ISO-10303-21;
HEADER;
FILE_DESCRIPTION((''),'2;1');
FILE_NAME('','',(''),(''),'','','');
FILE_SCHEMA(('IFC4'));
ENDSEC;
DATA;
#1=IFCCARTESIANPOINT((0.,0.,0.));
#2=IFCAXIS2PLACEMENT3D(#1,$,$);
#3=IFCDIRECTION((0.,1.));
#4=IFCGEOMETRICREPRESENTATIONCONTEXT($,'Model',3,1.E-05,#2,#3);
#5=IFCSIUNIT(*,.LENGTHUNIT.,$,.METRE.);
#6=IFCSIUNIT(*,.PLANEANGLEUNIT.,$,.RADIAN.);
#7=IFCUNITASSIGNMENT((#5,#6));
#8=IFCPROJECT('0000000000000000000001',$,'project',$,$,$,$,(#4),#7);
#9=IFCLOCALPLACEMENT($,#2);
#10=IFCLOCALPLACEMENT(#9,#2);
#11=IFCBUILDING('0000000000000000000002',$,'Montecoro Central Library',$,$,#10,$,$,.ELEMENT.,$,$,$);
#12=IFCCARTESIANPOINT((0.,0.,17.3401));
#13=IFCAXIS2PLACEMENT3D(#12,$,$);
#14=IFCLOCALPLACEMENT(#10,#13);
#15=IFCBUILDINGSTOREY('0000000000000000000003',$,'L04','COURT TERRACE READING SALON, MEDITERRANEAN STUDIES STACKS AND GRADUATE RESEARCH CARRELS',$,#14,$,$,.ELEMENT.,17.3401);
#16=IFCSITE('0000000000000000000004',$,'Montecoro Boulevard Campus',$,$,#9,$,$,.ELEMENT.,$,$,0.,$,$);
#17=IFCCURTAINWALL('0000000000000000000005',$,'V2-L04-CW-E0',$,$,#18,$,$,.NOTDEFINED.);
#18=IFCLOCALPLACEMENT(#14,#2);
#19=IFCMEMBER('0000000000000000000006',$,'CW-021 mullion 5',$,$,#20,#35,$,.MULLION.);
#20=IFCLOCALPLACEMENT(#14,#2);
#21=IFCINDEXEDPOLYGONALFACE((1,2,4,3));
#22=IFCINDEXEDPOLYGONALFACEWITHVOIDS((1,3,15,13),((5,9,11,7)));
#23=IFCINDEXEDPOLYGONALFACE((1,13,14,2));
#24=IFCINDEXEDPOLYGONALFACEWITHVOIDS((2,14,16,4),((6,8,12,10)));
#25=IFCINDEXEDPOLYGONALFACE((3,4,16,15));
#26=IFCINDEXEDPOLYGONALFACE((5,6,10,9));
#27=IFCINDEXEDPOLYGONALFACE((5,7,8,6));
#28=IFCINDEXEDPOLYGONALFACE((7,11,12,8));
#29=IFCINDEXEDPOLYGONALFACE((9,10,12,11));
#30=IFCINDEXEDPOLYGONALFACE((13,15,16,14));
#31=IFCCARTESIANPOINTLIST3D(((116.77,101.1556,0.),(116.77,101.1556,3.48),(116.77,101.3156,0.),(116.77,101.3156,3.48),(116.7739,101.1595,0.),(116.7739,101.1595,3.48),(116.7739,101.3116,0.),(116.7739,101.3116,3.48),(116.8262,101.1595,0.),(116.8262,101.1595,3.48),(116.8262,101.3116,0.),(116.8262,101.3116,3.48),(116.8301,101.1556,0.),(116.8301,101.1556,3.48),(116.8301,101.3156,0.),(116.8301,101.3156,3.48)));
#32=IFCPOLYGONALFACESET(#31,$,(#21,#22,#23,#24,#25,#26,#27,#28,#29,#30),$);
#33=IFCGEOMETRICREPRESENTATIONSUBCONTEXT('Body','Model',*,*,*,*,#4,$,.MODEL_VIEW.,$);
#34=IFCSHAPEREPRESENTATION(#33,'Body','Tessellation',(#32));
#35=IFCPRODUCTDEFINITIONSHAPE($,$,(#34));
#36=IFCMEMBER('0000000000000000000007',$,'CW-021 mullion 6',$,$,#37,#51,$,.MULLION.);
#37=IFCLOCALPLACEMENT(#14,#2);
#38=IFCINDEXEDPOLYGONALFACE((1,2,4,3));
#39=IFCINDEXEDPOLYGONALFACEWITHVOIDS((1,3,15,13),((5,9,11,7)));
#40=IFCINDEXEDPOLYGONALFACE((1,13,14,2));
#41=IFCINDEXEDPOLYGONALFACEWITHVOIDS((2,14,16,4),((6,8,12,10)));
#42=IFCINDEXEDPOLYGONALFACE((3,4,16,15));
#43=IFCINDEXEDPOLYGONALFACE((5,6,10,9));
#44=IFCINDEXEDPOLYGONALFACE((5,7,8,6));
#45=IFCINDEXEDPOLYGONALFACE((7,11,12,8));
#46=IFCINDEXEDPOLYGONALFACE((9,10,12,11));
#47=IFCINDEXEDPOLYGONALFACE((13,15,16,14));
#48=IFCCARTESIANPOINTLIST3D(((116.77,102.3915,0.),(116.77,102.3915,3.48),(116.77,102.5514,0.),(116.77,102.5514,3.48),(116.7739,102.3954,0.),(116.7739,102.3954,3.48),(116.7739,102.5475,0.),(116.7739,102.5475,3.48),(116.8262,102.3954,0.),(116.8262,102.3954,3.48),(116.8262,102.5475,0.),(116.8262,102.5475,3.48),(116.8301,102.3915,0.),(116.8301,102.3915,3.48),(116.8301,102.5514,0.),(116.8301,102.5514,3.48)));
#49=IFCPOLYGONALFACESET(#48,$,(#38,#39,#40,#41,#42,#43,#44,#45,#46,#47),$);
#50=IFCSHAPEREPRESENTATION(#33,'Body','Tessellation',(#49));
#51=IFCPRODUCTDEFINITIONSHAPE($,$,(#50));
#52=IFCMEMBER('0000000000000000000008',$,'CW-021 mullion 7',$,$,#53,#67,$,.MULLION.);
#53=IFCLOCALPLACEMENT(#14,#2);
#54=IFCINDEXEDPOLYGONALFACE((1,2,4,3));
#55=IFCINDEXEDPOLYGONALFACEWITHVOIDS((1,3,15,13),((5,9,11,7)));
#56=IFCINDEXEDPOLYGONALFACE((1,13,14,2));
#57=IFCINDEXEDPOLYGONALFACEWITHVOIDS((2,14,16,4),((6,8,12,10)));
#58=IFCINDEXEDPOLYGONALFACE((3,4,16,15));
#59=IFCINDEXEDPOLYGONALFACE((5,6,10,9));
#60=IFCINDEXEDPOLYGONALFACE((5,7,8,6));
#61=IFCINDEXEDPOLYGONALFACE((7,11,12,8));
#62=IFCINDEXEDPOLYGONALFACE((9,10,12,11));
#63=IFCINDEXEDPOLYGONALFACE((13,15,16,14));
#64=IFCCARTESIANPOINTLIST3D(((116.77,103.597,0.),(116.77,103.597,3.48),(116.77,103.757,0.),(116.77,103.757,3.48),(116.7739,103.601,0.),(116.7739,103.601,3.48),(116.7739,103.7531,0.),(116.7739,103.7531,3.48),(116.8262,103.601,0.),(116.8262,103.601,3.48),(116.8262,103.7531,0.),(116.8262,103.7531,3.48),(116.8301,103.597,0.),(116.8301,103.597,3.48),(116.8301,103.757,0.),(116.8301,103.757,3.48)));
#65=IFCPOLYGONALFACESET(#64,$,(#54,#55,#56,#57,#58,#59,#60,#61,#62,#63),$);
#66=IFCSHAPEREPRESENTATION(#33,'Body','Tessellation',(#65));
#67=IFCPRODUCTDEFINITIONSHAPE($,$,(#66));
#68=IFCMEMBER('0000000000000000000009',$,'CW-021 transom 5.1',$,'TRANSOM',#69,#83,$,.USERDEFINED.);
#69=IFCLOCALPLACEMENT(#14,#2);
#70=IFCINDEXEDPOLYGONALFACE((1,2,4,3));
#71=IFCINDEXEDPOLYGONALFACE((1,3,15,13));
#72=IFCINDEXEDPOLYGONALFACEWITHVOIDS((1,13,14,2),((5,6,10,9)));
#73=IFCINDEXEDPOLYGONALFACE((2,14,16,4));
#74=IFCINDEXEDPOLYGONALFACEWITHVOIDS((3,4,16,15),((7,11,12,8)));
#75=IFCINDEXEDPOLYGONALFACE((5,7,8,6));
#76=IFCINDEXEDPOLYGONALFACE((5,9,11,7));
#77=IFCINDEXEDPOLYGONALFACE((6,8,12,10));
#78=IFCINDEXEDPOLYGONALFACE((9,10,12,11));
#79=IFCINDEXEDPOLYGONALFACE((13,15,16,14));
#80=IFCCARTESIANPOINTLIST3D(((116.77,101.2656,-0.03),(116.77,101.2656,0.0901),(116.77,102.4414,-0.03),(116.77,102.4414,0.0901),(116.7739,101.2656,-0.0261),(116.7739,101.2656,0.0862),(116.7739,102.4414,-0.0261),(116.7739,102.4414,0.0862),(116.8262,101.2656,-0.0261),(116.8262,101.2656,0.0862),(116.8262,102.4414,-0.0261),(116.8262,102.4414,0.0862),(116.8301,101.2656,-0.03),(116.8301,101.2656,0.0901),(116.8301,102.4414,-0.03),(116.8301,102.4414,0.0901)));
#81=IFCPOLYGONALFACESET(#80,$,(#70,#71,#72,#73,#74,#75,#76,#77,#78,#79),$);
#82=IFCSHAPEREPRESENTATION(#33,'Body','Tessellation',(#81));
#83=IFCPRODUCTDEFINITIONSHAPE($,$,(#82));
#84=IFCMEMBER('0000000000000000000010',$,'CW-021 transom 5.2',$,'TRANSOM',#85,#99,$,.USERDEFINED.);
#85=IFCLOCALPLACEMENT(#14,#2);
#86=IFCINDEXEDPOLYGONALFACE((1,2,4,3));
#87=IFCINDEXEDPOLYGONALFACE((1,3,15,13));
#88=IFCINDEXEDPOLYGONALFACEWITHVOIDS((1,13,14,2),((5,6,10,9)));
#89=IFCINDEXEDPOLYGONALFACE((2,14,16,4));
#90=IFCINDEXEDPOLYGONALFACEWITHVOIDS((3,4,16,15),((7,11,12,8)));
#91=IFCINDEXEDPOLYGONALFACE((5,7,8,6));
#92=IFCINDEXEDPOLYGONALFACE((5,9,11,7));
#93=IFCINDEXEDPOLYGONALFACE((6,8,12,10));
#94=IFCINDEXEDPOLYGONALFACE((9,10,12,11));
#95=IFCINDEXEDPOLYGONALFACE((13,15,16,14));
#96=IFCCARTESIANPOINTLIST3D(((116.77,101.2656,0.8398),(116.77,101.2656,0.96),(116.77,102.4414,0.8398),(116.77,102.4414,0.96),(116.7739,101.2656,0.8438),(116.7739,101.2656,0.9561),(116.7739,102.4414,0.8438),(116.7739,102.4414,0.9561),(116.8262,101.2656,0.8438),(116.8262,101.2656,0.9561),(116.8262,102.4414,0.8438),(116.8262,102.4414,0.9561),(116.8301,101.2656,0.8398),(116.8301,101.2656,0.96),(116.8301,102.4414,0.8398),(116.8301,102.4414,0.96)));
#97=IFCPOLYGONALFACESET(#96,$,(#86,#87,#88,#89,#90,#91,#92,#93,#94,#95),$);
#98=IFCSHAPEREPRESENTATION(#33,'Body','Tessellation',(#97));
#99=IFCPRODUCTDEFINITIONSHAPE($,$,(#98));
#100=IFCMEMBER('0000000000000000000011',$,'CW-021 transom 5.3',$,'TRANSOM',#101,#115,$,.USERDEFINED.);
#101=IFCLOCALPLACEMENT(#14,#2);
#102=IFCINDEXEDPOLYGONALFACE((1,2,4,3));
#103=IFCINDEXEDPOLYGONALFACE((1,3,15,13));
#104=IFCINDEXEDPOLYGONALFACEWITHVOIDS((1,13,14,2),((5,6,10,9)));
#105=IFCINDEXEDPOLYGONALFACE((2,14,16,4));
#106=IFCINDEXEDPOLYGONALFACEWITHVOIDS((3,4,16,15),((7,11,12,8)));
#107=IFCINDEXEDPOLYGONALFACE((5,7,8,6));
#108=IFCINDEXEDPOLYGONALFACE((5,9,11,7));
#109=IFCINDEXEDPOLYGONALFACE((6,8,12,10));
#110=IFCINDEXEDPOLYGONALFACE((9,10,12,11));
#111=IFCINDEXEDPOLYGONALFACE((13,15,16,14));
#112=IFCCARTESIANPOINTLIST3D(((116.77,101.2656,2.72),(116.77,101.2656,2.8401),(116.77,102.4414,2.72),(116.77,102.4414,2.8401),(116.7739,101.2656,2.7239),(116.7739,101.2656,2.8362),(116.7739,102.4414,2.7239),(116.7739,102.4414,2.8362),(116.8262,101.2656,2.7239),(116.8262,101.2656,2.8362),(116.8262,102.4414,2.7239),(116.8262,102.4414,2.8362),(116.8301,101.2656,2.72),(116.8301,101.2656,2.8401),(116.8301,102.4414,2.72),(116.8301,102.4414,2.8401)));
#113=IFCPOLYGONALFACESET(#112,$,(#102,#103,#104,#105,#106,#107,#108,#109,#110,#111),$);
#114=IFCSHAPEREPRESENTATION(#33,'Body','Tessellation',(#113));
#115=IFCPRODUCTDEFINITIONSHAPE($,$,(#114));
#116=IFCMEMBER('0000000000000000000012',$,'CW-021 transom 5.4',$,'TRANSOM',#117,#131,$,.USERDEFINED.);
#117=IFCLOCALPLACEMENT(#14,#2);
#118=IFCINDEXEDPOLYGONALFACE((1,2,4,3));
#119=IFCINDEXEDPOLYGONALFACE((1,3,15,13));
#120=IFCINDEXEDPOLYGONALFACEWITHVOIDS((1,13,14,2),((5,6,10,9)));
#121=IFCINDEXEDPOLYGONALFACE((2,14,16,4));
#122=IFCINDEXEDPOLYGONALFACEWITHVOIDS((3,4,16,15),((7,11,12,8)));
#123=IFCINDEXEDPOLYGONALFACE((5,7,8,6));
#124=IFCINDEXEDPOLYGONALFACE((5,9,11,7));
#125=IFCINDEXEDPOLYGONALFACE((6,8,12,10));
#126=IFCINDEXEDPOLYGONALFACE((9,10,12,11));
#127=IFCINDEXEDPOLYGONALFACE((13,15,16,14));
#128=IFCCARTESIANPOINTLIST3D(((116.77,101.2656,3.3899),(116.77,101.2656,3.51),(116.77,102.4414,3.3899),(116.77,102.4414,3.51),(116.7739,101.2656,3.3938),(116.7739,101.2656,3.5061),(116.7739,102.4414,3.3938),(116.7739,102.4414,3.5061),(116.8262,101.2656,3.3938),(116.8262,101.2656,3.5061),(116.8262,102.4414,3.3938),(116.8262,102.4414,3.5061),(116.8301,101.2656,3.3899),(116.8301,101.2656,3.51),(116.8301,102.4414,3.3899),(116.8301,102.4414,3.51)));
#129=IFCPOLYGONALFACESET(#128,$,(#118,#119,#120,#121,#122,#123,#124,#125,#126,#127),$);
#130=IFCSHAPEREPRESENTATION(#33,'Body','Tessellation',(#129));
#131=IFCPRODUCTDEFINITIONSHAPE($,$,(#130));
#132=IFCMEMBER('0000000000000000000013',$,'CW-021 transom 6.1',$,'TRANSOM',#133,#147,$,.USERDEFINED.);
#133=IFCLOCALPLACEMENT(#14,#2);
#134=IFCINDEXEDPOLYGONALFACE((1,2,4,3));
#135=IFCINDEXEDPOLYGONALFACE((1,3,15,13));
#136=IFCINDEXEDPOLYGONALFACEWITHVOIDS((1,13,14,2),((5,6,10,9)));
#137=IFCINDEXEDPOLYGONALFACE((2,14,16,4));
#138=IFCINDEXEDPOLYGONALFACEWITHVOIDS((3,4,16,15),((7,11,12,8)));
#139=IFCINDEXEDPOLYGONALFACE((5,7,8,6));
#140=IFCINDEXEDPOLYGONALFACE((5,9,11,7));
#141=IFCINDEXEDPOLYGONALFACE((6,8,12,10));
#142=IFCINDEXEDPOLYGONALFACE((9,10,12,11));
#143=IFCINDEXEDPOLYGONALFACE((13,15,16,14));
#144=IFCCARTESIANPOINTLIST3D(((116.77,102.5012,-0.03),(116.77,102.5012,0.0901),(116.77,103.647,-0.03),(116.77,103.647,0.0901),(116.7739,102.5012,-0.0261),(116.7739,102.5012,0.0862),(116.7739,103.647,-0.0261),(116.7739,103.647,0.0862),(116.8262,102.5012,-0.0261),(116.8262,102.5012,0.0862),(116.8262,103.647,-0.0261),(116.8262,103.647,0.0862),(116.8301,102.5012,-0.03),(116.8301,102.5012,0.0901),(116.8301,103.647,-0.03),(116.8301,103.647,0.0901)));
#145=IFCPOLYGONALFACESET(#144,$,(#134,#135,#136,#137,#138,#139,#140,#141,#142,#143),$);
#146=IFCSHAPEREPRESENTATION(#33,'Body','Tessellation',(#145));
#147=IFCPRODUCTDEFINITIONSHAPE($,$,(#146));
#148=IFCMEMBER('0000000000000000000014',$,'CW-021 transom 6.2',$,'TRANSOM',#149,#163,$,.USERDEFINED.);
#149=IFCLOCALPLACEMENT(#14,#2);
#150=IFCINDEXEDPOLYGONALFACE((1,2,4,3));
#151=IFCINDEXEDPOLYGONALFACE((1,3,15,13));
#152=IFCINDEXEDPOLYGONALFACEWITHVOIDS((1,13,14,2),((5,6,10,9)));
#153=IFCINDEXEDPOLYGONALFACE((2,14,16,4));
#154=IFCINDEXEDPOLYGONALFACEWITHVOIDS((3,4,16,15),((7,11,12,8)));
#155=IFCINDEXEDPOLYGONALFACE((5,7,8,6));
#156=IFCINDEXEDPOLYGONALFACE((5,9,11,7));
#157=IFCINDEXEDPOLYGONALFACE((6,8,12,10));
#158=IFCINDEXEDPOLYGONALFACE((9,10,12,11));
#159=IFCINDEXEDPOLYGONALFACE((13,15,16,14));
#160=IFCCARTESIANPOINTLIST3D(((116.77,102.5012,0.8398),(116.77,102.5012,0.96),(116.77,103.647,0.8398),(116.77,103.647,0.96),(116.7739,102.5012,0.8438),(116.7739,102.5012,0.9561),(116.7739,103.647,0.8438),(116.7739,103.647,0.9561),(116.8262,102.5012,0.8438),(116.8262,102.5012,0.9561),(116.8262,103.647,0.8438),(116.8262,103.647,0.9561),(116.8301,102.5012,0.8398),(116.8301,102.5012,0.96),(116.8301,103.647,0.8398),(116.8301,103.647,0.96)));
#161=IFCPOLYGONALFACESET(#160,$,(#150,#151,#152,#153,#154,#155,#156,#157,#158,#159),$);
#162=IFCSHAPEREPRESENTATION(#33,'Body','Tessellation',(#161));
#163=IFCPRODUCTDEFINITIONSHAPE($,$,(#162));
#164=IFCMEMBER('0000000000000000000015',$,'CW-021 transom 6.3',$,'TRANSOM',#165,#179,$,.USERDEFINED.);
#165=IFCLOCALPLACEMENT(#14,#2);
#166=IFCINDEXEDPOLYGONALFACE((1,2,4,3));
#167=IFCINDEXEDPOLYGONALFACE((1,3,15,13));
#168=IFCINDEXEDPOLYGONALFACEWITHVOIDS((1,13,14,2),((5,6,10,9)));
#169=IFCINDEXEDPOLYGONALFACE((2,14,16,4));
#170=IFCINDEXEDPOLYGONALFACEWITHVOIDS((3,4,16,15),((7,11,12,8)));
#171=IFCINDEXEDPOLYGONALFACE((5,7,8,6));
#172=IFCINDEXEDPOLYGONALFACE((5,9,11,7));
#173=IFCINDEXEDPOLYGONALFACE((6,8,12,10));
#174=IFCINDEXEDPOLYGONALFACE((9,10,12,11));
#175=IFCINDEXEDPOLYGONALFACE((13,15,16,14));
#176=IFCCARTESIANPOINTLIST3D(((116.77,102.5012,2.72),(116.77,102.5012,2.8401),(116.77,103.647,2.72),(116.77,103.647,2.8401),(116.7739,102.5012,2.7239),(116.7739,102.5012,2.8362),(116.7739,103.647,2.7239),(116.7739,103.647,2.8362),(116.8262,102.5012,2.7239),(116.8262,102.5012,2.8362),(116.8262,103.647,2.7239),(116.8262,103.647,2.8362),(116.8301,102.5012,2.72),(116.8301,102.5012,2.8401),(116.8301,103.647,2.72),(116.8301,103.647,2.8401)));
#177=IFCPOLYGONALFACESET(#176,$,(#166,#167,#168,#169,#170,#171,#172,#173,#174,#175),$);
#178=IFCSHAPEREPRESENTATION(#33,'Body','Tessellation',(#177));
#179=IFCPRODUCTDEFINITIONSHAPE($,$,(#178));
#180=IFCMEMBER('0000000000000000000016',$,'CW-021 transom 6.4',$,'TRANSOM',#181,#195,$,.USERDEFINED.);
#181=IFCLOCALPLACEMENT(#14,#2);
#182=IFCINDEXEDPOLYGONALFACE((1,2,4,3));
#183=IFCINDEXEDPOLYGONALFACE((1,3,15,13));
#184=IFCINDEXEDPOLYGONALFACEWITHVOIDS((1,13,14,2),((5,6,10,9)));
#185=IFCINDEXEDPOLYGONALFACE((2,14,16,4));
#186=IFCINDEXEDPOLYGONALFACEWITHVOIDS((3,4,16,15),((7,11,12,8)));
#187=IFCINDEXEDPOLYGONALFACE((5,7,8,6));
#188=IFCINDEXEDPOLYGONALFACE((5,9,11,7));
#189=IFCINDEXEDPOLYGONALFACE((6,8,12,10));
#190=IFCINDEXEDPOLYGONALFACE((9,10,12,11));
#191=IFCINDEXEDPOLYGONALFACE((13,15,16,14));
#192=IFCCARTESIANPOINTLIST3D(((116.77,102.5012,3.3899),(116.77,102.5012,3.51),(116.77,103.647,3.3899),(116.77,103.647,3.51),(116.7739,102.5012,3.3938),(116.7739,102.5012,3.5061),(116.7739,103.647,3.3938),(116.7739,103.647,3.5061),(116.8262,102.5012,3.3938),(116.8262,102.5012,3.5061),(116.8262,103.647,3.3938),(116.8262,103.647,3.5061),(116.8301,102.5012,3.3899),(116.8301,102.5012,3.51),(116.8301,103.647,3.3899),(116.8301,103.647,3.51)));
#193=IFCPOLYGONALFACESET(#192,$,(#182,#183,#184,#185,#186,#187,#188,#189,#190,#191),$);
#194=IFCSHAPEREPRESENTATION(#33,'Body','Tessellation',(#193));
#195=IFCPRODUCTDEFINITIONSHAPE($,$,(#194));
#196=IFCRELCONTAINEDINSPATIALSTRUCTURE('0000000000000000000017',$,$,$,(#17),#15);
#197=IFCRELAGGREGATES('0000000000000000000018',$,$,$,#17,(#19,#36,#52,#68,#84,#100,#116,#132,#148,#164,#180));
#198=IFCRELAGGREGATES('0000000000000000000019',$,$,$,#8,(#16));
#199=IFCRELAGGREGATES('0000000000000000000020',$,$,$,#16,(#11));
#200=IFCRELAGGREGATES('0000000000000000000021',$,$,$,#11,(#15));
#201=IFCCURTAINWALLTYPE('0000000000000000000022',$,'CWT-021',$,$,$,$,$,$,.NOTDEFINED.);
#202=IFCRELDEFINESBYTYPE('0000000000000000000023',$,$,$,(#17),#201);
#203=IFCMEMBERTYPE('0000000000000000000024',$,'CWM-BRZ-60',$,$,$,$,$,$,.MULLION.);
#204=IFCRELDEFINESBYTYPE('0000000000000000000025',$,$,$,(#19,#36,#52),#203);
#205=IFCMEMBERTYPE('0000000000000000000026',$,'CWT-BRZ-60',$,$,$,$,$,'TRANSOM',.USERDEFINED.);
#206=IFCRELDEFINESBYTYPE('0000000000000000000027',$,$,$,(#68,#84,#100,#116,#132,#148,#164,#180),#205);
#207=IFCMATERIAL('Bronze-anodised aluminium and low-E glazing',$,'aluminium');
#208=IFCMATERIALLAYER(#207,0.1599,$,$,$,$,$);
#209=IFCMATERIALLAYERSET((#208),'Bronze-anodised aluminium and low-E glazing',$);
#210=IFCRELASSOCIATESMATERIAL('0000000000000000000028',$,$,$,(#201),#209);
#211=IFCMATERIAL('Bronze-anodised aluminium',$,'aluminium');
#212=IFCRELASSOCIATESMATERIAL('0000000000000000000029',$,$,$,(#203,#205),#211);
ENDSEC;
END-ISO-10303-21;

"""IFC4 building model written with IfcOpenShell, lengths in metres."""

from ifc_helpers import new_model, si_unit, direction, frame, origin, origin_2d, place, context, subcontext, project, spatial, hollow_rectangle, extrude, material, layer, layer_set, material_profile, profile_set, type_object, element, aggregate, save


model = new_model("IFC4")

# Units and contexts
model_context = context("Model", 3, precision=1e-05, world=origin(), true_north=direction((0.0, 1.0)))
body_context = subcontext(model_context, "Body", "Model", "MODEL_VIEW")
ifc_project = project(units=[si_unit("LENGTHUNIT", "METRE"), si_unit("PLANEANGLEUNIT", "RADIAN")], contexts=[model_context])

# Site, building, storey
site_placement = place(None, origin())
site = spatial("IfcSite", under=ifc_project, at=site_placement, Name="Montecoro Boulevard Campus", CompositionType="ELEMENT", RefElevation=0.0)
building_placement = place(site_placement, origin())
building = spatial("IfcBuilding", under=site, at=building_placement, Name="Montecoro Central Library", CompositionType="ELEMENT")
storey_placement = place(building_placement, frame((0.0, 0.0, 17.3401)))
storey = spatial("IfcBuildingStorey", under=building, at=storey_placement, Name="L04", Description="COURT TERRACE READING SALON, MEDITERRANEAN STUDIES STACKS AND GRADUATE RESEARCH CARRELS", CompositionType="ELEMENT", Elevation=17.3401)

# Curtain wall, members
ifc_material_1 = material(Name="Bronze-anodised aluminium and low-E glazing", Category="aluminium")
ifc_layer_1 = layer(ifc_material_1, 0.1599)
ifc_layer_set_1 = layer_set([ifc_layer_1], Name="Bronze-anodised aluminium and low-E glazing")
curtain_wall_type = type_object("IfcCurtainWallType", Name="CWT-021", PredefinedType="NOTDEFINED", material=ifc_layer_set_1)
curtain_wall_placement = place(storey_placement, origin())
curtain_wall = element("IfcCurtainWall", 1, at=curtain_wall_placement, inside=storey, type_object=curtain_wall_type, Name="V2-L04-CW-E0", PredefinedType="NOTDEFINED")
ifc_material_2 = material(Name="Bronze-anodised aluminium", Category="aluminium")
ifc_material_profile_1 = material_profile(ifc_material_2, hollow_rectangle(XDim=0.0601, YDim=0.1599, WallThickness=0.0039, at=origin_2d()), Name="CWM 160x60x4.0")
ifc_profile_set_1 = profile_set([ifc_material_profile_1], Name="Bronze-anodised aluminium")
member_type_1 = type_object("IfcMemberType", Name="CWM-BRZ-60", PredefinedType="MULLION", material=ifc_profile_set_1)
member_1_placement = place(storey_placement, frame((116.8, 101.2356, 0.0), z_axis=(0.0, 0.0, 1.0), x_axis=(-1.0, 0.0, 0.0)))
member_1 = element("IfcMember", 2, at=member_1_placement, type_object=member_type_1, Name="CW-021 mullion 5", PredefinedType="MULLION", context=body_context, shape_type="SweptSolid", body=[
    extrude(hollow_rectangle(XDim=0.0601, YDim=0.1599, WallThickness=0.0039, at=origin_2d()), origin(), (0.0, 0.0, 1.0), 3.48),
])
member_2_placement = place(storey_placement, frame((116.8, 102.4714, 0.0), z_axis=(0.0, 0.0, 1.0), x_axis=(-1.0, 0.0, 0.0)))
member_2 = element("IfcMember", 3, at=member_2_placement, type_object=member_type_1, Name="CW-021 mullion 6", PredefinedType="MULLION", context=body_context, shape_type="SweptSolid", body=[
    extrude(hollow_rectangle(XDim=0.0601, YDim=0.1599, WallThickness=0.0039, at=origin_2d()), origin(), (0.0, 0.0, 1.0), 3.48),
])
member_3_placement = place(storey_placement, frame((116.8, 103.677, 0.0), z_axis=(0.0, 0.0, 1.0), x_axis=(-1.0, 0.0, 0.0)))
member_3 = element("IfcMember", 4, at=member_3_placement, type_object=member_type_1, Name="CW-021 mullion 7", PredefinedType="MULLION", context=body_context, shape_type="SweptSolid", body=[
    extrude(hollow_rectangle(XDim=0.0601, YDim=0.1599, WallThickness=0.0039, at=origin_2d()), origin(), (0.0, 0.0, 1.0), 3.48),
])
ifc_material_profile_2 = material_profile(ifc_material_2, hollow_rectangle(XDim=0.0601, YDim=0.1201, WallThickness=0.0039, at=origin_2d()), Name="CWT 120x60x4.0")
ifc_profile_set_2 = profile_set([ifc_material_profile_2], Name="Bronze-anodised aluminium")
member_type_2 = type_object("IfcMemberType", Name="CWT-BRZ-60", ElementType="TRANSOM", PredefinedType="USERDEFINED", material=ifc_profile_set_2)
member_4_placement = place(storey_placement, frame((116.8, 101.2656, 0.03), z_axis=(0.0, 1.0, 0.0), x_axis=(-1.0, 0.0, 0.0)))
member_4 = element("IfcMember", 5, at=member_4_placement, type_object=member_type_2, Name="CW-021 transom 5.1", ObjectType="TRANSOM", PredefinedType="USERDEFINED", context=body_context, shape_type="SweptSolid", body=[
    extrude(hollow_rectangle(XDim=0.0601, YDim=0.1201, WallThickness=0.0039, at=origin_2d()), origin(), (0.0, 0.0, 1.0), 1.1758),
])
member_5_placement = place(storey_placement, frame((116.8, 101.2656, 0.8999), z_axis=(0.0, 1.0, 0.0), x_axis=(-1.0, 0.0, 0.0)))
member_5 = element("IfcMember", 6, at=member_5_placement, type_object=member_type_2, Name="CW-021 transom 5.2", ObjectType="TRANSOM", PredefinedType="USERDEFINED", context=body_context, shape_type="SweptSolid", body=[
    extrude(hollow_rectangle(XDim=0.0601, YDim=0.1201, WallThickness=0.0039, at=origin_2d()), origin(), (0.0, 0.0, 1.0), 1.1758),
])
member_6_placement = place(storey_placement, frame((116.8, 101.2656, 2.78), z_axis=(0.0, 1.0, 0.0), x_axis=(-1.0, 0.0, 0.0)))
member_6 = element("IfcMember", 7, at=member_6_placement, type_object=member_type_2, Name="CW-021 transom 5.3", ObjectType="TRANSOM", PredefinedType="USERDEFINED", context=body_context, shape_type="SweptSolid", body=[
    extrude(hollow_rectangle(XDim=0.0601, YDim=0.1201, WallThickness=0.0039, at=origin_2d()), origin(), (0.0, 0.0, 1.0), 1.1758),
])
member_7_placement = place(storey_placement, frame((116.8, 101.2656, 3.45), z_axis=(0.0, 1.0, 0.0), x_axis=(-1.0, 0.0, 0.0)))
member_7 = element("IfcMember", 8, at=member_7_placement, type_object=member_type_2, Name="CW-021 transom 5.4", ObjectType="TRANSOM", PredefinedType="USERDEFINED", context=body_context, shape_type="SweptSolid", body=[
    extrude(hollow_rectangle(XDim=0.0601, YDim=0.1201, WallThickness=0.0039, at=origin_2d()), origin(), (0.0, 0.0, 1.0), 1.1758),
])
member_8_placement = place(storey_placement, frame((116.8, 102.5012, 0.03), z_axis=(0.0, 1.0, 0.0), x_axis=(-1.0, 0.0, 0.0)))
member_8 = element("IfcMember", 9, at=member_8_placement, type_object=member_type_2, Name="CW-021 transom 6.1", ObjectType="TRANSOM", PredefinedType="USERDEFINED", context=body_context, shape_type="SweptSolid", body=[
    extrude(hollow_rectangle(XDim=0.0601, YDim=0.1201, WallThickness=0.0039, at=origin_2d()), origin(), (0.0, 0.0, 1.0), 1.1458),
])
member_9_placement = place(storey_placement, frame((116.8, 102.5012, 0.8999), z_axis=(0.0, 1.0, 0.0), x_axis=(-1.0, 0.0, 0.0)))
member_9 = element("IfcMember", 10, at=member_9_placement, type_object=member_type_2, Name="CW-021 transom 6.2", ObjectType="TRANSOM", PredefinedType="USERDEFINED", context=body_context, shape_type="SweptSolid", body=[
    extrude(hollow_rectangle(XDim=0.0601, YDim=0.1201, WallThickness=0.0039, at=origin_2d()), origin(), (0.0, 0.0, 1.0), 1.1458),
])
member_10_placement = place(storey_placement, frame((116.8, 102.5012, 2.78), z_axis=(0.0, 1.0, 0.0), x_axis=(-1.0, 0.0, 0.0)))
member_10 = element("IfcMember", 11, at=member_10_placement, type_object=member_type_2, Name="CW-021 transom 6.3", ObjectType="TRANSOM", PredefinedType="USERDEFINED", context=body_context, shape_type="SweptSolid", body=[
    extrude(hollow_rectangle(XDim=0.0601, YDim=0.1201, WallThickness=0.0039, at=origin_2d()), origin(), (0.0, 0.0, 1.0), 1.1458),
])
member_11_placement = place(storey_placement, frame((116.8, 102.5012, 3.45), z_axis=(0.0, 1.0, 0.0), x_axis=(-1.0, 0.0, 0.0)))
member_11 = element("IfcMember", 12, at=member_11_placement, type_object=member_type_2, Name="CW-021 transom 6.4", ObjectType="TRANSOM", PredefinedType="USERDEFINED", context=body_context, shape_type="SweptSolid", body=[
    extrude(hollow_rectangle(XDim=0.0601, YDim=0.1201, WallThickness=0.0039, at=origin_2d()), origin(), (0.0, 0.0, 1.0), 1.1458),
])
aggregate(curtain_wall, [member_1, member_2, member_3, member_4, member_5, member_6, member_7, member_8, member_9, member_10, member_11])

save(model, "model.ifc")
